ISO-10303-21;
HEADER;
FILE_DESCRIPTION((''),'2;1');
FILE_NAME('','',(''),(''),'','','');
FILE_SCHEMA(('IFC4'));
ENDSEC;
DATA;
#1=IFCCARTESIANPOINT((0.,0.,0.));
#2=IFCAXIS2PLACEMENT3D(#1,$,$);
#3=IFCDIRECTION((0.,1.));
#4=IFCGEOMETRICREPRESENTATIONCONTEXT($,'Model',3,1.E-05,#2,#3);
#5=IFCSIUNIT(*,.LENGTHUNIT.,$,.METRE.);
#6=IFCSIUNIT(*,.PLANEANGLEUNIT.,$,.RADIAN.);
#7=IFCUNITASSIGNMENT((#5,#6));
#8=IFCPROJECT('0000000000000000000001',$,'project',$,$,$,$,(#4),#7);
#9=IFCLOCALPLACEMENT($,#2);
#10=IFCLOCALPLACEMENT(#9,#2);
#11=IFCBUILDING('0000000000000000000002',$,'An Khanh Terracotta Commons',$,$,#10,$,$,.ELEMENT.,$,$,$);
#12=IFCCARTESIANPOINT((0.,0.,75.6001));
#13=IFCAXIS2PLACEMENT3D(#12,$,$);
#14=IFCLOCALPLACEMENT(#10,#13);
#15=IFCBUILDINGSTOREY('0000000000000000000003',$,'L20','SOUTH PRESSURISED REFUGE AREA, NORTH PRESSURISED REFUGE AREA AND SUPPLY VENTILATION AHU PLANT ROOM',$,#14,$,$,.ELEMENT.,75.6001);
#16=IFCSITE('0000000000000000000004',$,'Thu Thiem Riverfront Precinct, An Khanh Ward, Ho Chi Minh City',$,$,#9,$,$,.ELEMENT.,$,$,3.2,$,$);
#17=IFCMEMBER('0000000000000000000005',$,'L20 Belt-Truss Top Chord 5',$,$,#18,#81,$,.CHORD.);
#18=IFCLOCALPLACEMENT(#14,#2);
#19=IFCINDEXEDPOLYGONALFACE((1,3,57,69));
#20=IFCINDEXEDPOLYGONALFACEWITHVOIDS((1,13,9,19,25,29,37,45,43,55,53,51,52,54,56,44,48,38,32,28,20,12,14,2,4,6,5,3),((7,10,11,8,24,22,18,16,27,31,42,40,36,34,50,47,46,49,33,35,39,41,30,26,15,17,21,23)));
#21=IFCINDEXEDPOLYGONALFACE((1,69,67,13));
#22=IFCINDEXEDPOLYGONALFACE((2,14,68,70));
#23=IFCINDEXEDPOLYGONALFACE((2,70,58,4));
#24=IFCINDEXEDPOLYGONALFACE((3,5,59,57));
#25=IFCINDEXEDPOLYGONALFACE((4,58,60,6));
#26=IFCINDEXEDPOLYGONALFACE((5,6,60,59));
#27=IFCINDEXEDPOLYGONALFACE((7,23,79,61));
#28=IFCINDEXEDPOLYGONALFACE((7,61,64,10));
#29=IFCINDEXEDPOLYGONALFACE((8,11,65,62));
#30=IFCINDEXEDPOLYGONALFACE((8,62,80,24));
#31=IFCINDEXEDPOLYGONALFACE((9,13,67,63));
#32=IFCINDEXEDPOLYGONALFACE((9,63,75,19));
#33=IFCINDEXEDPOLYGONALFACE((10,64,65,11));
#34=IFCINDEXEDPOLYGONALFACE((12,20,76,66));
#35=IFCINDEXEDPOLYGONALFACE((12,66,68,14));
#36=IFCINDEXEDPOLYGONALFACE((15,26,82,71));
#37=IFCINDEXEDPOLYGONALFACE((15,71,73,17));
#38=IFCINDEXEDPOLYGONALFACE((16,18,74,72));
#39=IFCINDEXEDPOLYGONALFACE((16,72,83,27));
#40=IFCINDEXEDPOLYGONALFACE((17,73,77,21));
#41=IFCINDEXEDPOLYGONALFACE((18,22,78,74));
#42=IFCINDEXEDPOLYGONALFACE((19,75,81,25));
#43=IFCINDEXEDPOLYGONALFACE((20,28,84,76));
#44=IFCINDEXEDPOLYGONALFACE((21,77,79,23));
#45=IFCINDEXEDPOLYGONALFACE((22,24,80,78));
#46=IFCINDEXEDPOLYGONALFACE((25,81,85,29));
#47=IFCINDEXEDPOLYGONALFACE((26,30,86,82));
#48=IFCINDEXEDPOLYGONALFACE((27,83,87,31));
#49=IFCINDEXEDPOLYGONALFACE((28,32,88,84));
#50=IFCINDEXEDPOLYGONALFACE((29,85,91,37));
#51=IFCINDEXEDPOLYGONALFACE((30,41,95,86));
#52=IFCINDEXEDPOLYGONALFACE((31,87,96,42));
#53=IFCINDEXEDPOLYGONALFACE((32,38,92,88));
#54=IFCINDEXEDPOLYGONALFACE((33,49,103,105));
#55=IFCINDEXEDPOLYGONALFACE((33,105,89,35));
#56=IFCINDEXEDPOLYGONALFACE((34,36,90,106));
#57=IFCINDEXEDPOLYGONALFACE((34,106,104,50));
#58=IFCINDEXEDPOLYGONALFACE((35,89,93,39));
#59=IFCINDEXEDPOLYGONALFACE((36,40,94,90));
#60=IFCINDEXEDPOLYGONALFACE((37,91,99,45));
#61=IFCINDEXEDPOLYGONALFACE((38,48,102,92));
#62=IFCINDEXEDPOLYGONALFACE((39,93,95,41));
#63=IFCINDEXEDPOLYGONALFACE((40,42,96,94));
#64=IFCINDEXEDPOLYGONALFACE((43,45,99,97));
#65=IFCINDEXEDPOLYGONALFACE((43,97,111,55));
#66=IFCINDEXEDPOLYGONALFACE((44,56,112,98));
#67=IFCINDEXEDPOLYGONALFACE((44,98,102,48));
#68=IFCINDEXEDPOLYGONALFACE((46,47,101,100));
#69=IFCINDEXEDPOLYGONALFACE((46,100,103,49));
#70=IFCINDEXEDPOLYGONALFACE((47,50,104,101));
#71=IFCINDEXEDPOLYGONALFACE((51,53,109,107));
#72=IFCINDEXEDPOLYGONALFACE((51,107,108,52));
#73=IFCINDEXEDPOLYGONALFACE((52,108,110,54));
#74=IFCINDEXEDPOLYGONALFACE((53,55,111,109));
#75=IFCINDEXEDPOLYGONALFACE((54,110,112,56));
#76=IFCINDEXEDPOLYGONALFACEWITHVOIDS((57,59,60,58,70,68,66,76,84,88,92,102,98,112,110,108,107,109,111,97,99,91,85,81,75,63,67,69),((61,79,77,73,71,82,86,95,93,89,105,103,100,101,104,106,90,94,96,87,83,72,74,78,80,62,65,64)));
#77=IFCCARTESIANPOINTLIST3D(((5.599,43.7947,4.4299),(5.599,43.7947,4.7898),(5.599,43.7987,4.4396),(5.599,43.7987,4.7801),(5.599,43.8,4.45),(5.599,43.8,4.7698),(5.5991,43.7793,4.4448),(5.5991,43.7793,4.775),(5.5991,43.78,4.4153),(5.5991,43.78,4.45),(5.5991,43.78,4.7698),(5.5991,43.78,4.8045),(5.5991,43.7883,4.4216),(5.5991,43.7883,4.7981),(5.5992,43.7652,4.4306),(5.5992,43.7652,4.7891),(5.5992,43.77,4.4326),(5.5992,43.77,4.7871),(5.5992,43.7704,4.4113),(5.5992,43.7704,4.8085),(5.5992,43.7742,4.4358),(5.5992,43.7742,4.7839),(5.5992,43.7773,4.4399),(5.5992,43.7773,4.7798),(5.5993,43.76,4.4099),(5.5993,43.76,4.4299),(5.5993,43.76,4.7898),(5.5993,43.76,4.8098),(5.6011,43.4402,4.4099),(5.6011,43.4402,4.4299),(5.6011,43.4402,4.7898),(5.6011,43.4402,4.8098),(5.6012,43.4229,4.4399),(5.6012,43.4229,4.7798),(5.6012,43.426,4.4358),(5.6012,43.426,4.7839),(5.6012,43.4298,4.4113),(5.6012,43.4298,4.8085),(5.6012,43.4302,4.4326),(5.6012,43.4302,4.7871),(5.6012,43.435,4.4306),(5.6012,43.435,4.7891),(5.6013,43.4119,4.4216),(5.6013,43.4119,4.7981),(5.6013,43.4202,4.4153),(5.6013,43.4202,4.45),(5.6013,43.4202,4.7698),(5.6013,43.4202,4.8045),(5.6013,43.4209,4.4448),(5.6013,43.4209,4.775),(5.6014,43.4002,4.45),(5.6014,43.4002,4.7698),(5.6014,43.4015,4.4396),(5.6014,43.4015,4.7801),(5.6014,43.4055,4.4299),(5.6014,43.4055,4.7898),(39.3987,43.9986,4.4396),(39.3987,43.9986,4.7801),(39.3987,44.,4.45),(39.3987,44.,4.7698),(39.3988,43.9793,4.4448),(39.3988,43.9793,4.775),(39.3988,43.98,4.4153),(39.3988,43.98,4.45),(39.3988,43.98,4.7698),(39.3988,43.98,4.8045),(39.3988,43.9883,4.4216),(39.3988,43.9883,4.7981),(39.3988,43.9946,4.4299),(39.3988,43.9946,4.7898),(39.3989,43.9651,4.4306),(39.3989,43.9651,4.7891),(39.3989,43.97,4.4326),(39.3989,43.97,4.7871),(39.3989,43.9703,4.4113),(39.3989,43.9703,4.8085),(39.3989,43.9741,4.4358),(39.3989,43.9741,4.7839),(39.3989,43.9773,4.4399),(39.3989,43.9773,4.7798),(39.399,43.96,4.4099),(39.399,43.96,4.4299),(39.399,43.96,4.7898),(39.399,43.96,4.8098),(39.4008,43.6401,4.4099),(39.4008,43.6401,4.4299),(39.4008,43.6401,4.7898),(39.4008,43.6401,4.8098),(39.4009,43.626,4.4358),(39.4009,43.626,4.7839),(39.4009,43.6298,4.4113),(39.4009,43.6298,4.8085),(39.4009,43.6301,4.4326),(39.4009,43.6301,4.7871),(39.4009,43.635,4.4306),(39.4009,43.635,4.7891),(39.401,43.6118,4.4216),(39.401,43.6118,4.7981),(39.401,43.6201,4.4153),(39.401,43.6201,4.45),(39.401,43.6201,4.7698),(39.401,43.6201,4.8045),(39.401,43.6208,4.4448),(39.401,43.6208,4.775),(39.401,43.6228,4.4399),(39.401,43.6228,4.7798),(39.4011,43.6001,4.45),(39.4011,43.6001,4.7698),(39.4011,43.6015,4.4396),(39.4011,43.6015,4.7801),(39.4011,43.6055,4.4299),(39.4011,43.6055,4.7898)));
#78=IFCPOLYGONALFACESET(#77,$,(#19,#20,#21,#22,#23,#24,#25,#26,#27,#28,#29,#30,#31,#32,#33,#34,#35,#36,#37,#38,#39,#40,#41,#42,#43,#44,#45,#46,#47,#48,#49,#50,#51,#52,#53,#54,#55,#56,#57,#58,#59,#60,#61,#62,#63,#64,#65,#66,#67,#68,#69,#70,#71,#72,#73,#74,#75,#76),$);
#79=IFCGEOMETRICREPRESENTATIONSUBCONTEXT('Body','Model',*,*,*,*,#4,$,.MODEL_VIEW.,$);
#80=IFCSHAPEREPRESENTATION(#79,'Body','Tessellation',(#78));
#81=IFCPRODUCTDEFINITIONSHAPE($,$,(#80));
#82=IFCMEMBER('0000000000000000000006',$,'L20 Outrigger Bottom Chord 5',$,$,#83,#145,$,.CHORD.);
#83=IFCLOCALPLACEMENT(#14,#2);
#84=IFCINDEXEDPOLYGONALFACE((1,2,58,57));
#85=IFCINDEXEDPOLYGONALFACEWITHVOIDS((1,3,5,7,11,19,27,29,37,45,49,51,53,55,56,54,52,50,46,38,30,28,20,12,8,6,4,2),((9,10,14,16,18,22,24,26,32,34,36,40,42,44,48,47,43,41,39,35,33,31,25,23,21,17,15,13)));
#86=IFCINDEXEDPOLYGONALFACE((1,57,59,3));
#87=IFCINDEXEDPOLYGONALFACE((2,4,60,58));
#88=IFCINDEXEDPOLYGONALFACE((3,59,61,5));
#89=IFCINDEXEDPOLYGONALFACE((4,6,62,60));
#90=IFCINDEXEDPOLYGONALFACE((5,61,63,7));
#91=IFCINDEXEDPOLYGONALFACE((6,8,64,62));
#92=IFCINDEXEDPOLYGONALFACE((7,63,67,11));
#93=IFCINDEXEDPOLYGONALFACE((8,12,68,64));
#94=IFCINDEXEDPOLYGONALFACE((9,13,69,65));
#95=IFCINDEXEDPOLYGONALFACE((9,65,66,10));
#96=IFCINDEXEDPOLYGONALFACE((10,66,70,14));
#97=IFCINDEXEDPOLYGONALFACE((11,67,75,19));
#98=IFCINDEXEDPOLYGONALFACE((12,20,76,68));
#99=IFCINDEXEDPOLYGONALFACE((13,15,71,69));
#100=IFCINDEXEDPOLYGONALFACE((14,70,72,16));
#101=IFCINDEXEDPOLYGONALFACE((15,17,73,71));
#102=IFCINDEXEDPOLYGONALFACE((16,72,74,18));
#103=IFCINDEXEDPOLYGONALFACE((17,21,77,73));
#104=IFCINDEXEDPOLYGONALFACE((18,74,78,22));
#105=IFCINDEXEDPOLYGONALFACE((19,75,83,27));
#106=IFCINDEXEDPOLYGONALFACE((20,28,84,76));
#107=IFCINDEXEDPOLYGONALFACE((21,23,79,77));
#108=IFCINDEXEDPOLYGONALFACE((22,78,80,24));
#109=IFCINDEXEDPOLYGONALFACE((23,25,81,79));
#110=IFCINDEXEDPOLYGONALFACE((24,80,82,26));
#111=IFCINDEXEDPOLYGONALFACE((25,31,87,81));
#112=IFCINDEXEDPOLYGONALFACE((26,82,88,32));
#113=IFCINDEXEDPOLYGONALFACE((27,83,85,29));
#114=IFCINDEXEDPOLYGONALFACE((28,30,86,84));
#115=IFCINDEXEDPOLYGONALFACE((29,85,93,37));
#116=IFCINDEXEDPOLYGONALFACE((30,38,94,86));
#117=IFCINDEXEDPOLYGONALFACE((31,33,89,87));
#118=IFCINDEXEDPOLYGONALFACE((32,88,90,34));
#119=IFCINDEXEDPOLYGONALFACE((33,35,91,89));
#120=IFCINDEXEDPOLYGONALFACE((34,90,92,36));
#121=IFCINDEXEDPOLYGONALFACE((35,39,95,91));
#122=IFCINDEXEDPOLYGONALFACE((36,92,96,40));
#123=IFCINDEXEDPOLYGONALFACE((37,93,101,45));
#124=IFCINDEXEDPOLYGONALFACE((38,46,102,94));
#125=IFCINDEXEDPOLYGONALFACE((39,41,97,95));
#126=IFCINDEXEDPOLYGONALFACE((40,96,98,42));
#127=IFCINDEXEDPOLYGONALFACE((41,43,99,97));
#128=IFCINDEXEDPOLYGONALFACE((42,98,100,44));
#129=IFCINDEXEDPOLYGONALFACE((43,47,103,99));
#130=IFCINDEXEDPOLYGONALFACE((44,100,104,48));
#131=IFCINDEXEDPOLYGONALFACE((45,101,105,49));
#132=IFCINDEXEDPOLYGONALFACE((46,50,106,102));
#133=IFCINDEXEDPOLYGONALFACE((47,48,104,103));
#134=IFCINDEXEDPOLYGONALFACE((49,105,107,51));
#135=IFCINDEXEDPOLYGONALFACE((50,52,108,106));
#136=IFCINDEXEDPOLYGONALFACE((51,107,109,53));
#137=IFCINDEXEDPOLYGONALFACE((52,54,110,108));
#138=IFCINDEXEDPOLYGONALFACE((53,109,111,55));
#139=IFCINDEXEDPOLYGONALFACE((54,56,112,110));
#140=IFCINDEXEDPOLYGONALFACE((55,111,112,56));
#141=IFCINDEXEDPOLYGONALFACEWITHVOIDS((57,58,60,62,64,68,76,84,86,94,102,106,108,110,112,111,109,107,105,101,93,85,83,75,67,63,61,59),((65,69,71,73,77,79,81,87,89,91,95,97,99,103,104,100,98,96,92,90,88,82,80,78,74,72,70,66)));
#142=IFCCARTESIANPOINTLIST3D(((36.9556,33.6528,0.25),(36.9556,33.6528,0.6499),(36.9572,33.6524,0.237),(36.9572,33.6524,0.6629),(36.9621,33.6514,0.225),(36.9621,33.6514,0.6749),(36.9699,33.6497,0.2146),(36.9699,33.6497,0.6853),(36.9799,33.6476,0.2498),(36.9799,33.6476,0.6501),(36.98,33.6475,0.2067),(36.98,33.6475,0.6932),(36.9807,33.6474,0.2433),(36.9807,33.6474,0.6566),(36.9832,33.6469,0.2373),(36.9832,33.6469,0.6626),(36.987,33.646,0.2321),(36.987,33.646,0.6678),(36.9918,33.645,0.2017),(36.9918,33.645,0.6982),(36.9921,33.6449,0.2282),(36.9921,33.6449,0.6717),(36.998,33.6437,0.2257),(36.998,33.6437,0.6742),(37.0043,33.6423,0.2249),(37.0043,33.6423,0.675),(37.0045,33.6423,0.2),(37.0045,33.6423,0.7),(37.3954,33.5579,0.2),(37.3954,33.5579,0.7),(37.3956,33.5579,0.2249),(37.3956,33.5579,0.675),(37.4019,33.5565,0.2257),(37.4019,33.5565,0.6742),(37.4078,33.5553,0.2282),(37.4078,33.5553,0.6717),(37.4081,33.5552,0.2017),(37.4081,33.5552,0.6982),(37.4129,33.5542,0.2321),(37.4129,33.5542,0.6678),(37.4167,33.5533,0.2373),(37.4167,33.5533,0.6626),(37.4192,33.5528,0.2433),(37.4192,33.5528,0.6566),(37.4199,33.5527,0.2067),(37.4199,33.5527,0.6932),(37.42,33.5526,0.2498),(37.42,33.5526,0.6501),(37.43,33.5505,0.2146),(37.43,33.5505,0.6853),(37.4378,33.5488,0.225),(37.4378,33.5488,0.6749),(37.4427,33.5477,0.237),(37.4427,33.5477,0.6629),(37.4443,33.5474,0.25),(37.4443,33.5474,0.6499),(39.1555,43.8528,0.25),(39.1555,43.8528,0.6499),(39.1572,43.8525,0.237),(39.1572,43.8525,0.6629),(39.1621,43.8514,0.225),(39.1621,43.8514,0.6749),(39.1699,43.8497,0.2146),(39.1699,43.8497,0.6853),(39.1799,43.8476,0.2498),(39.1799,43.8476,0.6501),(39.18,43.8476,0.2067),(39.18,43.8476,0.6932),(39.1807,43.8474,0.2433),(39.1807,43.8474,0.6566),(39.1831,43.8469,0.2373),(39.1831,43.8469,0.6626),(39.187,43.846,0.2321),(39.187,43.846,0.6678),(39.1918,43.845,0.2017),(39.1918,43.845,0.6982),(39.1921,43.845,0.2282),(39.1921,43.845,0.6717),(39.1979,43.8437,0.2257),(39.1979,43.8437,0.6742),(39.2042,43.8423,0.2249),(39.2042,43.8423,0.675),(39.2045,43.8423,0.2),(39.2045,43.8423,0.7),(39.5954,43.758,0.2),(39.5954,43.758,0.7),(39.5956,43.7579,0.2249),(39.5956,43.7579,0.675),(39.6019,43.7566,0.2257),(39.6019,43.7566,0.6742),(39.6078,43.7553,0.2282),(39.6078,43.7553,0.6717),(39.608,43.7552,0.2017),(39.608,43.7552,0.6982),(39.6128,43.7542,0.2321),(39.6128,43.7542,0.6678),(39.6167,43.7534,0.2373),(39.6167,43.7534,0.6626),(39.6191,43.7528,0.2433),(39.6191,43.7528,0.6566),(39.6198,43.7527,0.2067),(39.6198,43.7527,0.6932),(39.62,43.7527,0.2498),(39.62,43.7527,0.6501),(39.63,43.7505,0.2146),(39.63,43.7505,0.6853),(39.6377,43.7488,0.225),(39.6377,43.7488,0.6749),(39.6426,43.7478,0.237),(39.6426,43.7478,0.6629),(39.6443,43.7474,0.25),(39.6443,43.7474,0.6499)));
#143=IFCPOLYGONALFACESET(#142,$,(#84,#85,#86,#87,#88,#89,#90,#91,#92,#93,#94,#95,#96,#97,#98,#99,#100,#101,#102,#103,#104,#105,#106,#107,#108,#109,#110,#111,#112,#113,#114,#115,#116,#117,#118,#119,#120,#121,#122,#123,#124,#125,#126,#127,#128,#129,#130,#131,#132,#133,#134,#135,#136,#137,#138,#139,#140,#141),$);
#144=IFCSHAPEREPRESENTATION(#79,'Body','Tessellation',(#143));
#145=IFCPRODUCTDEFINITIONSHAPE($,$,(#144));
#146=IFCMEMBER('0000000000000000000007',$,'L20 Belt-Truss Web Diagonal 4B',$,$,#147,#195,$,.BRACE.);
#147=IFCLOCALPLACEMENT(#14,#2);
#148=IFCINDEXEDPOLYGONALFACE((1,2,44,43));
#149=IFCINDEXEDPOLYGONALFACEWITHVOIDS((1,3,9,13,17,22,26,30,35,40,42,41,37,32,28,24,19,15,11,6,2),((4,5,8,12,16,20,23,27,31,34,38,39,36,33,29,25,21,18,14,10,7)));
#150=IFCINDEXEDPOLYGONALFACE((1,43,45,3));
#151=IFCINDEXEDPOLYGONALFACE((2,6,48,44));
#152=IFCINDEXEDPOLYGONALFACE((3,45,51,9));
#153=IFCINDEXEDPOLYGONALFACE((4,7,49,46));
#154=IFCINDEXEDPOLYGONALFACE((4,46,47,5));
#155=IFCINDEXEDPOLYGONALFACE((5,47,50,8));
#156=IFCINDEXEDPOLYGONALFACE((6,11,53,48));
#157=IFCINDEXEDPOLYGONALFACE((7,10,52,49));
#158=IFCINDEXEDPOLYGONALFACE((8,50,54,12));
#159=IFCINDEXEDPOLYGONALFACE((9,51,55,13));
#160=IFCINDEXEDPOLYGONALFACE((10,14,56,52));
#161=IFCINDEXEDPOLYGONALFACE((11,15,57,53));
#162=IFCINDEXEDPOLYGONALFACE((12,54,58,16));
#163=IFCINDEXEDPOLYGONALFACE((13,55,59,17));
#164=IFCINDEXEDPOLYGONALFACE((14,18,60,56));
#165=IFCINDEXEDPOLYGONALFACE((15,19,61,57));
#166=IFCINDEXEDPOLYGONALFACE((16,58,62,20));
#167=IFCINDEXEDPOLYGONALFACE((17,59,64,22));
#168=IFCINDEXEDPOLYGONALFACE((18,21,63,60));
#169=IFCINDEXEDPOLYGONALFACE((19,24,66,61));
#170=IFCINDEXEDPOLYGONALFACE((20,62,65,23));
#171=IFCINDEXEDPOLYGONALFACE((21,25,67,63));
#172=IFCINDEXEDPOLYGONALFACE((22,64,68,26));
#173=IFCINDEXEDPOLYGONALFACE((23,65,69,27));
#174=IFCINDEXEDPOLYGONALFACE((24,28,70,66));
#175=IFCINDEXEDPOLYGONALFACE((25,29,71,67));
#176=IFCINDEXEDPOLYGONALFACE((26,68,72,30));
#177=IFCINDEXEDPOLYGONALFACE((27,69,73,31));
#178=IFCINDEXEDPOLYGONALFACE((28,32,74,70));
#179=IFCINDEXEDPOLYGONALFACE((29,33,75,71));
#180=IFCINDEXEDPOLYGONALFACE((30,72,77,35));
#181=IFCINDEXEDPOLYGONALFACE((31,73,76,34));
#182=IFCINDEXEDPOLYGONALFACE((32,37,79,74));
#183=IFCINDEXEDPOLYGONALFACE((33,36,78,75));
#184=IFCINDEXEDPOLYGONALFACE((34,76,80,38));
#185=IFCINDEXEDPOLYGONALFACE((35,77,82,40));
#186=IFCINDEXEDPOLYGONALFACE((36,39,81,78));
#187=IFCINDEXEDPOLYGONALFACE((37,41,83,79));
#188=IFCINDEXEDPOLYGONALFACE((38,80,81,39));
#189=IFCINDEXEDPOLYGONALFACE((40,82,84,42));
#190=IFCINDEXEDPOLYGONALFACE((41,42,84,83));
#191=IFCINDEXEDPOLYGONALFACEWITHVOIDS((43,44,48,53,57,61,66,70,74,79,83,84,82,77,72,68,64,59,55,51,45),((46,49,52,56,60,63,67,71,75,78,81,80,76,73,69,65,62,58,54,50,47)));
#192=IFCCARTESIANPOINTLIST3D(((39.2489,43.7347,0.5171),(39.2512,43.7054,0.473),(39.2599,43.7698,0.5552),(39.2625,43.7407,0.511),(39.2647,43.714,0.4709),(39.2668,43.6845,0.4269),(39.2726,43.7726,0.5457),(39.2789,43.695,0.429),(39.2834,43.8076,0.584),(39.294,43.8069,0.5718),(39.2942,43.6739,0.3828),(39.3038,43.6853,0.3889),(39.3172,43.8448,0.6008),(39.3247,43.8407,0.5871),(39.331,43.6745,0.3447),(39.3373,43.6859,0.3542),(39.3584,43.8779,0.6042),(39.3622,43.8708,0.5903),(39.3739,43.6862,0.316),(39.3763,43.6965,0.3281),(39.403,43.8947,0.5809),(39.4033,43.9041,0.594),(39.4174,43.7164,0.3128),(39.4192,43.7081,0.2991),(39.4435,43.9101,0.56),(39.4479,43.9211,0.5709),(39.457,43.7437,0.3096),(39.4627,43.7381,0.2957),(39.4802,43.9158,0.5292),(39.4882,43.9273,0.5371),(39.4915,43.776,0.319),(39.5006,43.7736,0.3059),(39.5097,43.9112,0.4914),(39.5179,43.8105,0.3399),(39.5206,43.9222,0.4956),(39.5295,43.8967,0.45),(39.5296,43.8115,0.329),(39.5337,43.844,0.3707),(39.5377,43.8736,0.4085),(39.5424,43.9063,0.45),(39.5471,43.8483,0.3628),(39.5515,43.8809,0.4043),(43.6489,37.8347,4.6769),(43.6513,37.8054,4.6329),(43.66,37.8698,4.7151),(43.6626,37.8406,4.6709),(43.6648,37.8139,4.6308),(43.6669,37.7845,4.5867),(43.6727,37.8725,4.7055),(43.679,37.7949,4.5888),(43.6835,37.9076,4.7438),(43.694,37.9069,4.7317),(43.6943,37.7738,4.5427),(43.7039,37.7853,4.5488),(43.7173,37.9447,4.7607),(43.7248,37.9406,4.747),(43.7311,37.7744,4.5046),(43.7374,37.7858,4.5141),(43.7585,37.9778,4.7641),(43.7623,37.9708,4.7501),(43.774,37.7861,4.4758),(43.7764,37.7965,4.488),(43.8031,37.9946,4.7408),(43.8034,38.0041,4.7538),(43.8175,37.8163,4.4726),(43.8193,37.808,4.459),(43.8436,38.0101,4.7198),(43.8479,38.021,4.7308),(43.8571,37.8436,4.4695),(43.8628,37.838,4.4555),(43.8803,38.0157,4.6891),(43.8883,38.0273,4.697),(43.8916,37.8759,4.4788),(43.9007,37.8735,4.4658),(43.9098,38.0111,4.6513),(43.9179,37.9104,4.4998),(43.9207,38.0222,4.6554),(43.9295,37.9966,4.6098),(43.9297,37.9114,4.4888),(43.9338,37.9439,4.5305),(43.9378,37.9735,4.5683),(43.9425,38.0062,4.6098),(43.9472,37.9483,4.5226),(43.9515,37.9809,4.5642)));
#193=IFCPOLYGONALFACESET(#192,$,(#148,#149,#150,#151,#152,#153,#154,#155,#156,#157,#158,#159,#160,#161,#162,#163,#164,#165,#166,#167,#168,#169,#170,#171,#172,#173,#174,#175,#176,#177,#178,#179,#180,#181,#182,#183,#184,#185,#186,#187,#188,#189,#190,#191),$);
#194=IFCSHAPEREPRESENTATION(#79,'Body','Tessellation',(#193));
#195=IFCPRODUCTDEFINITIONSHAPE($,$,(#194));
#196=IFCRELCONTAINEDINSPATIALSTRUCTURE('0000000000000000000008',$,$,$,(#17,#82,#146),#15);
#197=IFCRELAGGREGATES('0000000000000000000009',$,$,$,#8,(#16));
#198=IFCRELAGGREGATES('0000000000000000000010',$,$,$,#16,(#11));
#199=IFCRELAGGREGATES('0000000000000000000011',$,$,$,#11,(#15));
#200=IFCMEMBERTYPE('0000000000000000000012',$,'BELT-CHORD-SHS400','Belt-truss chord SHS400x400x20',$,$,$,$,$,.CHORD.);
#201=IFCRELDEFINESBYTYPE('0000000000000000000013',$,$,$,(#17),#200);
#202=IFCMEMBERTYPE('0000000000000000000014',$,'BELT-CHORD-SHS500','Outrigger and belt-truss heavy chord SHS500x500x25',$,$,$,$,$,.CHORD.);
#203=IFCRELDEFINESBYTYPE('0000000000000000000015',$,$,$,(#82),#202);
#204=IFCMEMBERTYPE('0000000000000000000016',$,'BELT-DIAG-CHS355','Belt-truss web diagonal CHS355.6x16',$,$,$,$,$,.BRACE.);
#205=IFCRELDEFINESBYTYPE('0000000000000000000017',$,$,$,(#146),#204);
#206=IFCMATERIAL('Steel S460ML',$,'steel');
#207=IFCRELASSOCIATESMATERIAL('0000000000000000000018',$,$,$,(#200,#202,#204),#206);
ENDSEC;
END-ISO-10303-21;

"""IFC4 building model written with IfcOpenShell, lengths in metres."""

from ifc_helpers import new_model, si_unit, direction, frame, origin, origin_2d, place, context, subcontext, project, spatial, hollow_rectangle, hollow_circle, extrude, material, material_profile, profile_set, type_object, element, save


model = new_model("IFC4")

# Units and contexts
model_context = context("Model", 3, precision=1e-05, world=origin(), true_north=direction((0.0, 1.0)))
body_context = subcontext(model_context, "Body", "Model", "MODEL_VIEW")
ifc_project = project(units=[si_unit("LENGTHUNIT", "METRE"), si_unit("PLANEANGLEUNIT", "RADIAN")], contexts=[model_context])

# Site, building, storey
site_placement = place(None, origin())
site = spatial("IfcSite", under=ifc_project, at=site_placement, Name="Thu Thiem Riverfront Precinct, An Khanh Ward, Ho Chi Minh City", CompositionType="ELEMENT", RefElevation=3.2)
building_placement = place(site_placement, origin())
building = spatial("IfcBuilding", under=site, at=building_placement, Name="An Khanh Terracotta Commons", CompositionType="ELEMENT")
storey_placement = place(building_placement, frame((0.0, 0.0, 75.6001)))
storey = spatial("IfcBuildingStorey", under=building, at=storey_placement, Name="L20", Description="SOUTH PRESSURISED REFUGE AREA, NORTH PRESSURISED REFUGE AREA AND SUPPLY VENTILATION AHU PLANT ROOM", CompositionType="ELEMENT", Elevation=75.6001)

# Members
ifc_material_1 = material(Name="Steel S460ML", Category="steel")
ifc_material_profile_1 = material_profile(ifc_material_1, hollow_rectangle(XDim=0.3999, YDim=0.3999, WallThickness=0.02, InnerFilletRadius=0.02, OuterFilletRadius=0.04, at=origin_2d()), Name="SHS400x400x20")
ifc_profile_set_1 = profile_set([ifc_material_profile_1], Name="Steel S460ML")
member_type_1 = type_object("IfcMemberType", Name="BELT-CHORD-SHS400", Description="Belt-truss chord SHS400x400x20", PredefinedType="CHORD", material=ifc_profile_set_1)
for number, where, z_axis, x_axis, name in (
    (1, (39.3999, 43.8, 4.6099), (-0.999983, -0.005916, 0.0), (0.005916, -0.999983, 0.0), "L20 Belt-Truss Top Chord 5"),
):
    element("IfcMember", number, at=place(storey_placement, frame(where, z_axis=z_axis, x_axis=x_axis)), inside=storey, type_object=member_type_1, Name=name, PredefinedType="CHORD", context=body_context, shape_type="SweptSolid", body=[
        extrude(hollow_rectangle(XDim=0.3999, YDim=0.3999, WallThickness=0.02, InnerFilletRadius=0.02, OuterFilletRadius=0.04, at=origin_2d()), origin(), (0.0, 0.0, 1.0), 33.8003),
    ])
ifc_material_profile_2 = material_profile(ifc_material_1, hollow_rectangle(XDim=0.5, YDim=0.5, WallThickness=0.0249, InnerFilletRadius=0.0249, OuterFilletRadius=0.05, at=origin_2d()), Name="SHS500x500x25")
ifc_profile_set_2 = profile_set([ifc_material_profile_2], Name="Steel S460ML")
member_type_2 = type_object("IfcMemberType", Name="BELT-CHORD-SHS500", Description="Outrigger and belt-truss heavy chord SHS500x500x25", PredefinedType="CHORD", material=ifc_profile_set_2)
member_1_placement = place(storey_placement, frame((37.2, 33.6001, 0.45), z_axis=(0.210834, 0.977522, 0.0), x_axis=(-0.977522, 0.210834, 0.0)))
element("IfcMember", 2, at=member_1_placement, inside=storey, type_object=member_type_2, Name="L20 Outrigger Bottom Chord 5", PredefinedType="CHORD", context=body_context, shape_type="SweptSolid", body=[
    extrude(hollow_rectangle(XDim=0.5, YDim=0.5, WallThickness=0.0249, InnerFilletRadius=0.0249, OuterFilletRadius=0.05, at=origin_2d()), origin(), (0.0, 0.0, 1.0), 10.4346),
])
ifc_material_profile_3 = material_profile(ifc_material_1, hollow_circle(Radius=0.1777, WallThickness=0.0161, at=origin_2d()), Name="CHS355.6x16")
ifc_profile_set_3 = profile_set([ifc_material_profile_3], Name="Steel S460ML")
member_type_3 = type_object("IfcMemberType", Name="BELT-DIAG-CHS355", Description="Belt-truss web diagonal CHS355.6x16", PredefinedType="BRACE", material=ifc_profile_set_3)
member_2_placement = place(storey_placement, frame((39.3999, 43.8, 0.45), z_axis=(0.520453, -0.697874, 0.492038), x_axis=(0.801625, 0.597827, 0.0)))
element("IfcMember", 3, at=member_2_placement, inside=storey, type_object=member_type_3, Name="L20 Belt-Truss Web Diagonal 4B", PredefinedType="BRACE", context=body_context, shape_type="SweptSolid", body=[
    extrude(hollow_circle(Radius=0.1777, WallThickness=0.0161, at=origin_2d()), origin(), (0.0, 0.0, 1.0), 8.4543),
])

save(model, "model.ifc")
